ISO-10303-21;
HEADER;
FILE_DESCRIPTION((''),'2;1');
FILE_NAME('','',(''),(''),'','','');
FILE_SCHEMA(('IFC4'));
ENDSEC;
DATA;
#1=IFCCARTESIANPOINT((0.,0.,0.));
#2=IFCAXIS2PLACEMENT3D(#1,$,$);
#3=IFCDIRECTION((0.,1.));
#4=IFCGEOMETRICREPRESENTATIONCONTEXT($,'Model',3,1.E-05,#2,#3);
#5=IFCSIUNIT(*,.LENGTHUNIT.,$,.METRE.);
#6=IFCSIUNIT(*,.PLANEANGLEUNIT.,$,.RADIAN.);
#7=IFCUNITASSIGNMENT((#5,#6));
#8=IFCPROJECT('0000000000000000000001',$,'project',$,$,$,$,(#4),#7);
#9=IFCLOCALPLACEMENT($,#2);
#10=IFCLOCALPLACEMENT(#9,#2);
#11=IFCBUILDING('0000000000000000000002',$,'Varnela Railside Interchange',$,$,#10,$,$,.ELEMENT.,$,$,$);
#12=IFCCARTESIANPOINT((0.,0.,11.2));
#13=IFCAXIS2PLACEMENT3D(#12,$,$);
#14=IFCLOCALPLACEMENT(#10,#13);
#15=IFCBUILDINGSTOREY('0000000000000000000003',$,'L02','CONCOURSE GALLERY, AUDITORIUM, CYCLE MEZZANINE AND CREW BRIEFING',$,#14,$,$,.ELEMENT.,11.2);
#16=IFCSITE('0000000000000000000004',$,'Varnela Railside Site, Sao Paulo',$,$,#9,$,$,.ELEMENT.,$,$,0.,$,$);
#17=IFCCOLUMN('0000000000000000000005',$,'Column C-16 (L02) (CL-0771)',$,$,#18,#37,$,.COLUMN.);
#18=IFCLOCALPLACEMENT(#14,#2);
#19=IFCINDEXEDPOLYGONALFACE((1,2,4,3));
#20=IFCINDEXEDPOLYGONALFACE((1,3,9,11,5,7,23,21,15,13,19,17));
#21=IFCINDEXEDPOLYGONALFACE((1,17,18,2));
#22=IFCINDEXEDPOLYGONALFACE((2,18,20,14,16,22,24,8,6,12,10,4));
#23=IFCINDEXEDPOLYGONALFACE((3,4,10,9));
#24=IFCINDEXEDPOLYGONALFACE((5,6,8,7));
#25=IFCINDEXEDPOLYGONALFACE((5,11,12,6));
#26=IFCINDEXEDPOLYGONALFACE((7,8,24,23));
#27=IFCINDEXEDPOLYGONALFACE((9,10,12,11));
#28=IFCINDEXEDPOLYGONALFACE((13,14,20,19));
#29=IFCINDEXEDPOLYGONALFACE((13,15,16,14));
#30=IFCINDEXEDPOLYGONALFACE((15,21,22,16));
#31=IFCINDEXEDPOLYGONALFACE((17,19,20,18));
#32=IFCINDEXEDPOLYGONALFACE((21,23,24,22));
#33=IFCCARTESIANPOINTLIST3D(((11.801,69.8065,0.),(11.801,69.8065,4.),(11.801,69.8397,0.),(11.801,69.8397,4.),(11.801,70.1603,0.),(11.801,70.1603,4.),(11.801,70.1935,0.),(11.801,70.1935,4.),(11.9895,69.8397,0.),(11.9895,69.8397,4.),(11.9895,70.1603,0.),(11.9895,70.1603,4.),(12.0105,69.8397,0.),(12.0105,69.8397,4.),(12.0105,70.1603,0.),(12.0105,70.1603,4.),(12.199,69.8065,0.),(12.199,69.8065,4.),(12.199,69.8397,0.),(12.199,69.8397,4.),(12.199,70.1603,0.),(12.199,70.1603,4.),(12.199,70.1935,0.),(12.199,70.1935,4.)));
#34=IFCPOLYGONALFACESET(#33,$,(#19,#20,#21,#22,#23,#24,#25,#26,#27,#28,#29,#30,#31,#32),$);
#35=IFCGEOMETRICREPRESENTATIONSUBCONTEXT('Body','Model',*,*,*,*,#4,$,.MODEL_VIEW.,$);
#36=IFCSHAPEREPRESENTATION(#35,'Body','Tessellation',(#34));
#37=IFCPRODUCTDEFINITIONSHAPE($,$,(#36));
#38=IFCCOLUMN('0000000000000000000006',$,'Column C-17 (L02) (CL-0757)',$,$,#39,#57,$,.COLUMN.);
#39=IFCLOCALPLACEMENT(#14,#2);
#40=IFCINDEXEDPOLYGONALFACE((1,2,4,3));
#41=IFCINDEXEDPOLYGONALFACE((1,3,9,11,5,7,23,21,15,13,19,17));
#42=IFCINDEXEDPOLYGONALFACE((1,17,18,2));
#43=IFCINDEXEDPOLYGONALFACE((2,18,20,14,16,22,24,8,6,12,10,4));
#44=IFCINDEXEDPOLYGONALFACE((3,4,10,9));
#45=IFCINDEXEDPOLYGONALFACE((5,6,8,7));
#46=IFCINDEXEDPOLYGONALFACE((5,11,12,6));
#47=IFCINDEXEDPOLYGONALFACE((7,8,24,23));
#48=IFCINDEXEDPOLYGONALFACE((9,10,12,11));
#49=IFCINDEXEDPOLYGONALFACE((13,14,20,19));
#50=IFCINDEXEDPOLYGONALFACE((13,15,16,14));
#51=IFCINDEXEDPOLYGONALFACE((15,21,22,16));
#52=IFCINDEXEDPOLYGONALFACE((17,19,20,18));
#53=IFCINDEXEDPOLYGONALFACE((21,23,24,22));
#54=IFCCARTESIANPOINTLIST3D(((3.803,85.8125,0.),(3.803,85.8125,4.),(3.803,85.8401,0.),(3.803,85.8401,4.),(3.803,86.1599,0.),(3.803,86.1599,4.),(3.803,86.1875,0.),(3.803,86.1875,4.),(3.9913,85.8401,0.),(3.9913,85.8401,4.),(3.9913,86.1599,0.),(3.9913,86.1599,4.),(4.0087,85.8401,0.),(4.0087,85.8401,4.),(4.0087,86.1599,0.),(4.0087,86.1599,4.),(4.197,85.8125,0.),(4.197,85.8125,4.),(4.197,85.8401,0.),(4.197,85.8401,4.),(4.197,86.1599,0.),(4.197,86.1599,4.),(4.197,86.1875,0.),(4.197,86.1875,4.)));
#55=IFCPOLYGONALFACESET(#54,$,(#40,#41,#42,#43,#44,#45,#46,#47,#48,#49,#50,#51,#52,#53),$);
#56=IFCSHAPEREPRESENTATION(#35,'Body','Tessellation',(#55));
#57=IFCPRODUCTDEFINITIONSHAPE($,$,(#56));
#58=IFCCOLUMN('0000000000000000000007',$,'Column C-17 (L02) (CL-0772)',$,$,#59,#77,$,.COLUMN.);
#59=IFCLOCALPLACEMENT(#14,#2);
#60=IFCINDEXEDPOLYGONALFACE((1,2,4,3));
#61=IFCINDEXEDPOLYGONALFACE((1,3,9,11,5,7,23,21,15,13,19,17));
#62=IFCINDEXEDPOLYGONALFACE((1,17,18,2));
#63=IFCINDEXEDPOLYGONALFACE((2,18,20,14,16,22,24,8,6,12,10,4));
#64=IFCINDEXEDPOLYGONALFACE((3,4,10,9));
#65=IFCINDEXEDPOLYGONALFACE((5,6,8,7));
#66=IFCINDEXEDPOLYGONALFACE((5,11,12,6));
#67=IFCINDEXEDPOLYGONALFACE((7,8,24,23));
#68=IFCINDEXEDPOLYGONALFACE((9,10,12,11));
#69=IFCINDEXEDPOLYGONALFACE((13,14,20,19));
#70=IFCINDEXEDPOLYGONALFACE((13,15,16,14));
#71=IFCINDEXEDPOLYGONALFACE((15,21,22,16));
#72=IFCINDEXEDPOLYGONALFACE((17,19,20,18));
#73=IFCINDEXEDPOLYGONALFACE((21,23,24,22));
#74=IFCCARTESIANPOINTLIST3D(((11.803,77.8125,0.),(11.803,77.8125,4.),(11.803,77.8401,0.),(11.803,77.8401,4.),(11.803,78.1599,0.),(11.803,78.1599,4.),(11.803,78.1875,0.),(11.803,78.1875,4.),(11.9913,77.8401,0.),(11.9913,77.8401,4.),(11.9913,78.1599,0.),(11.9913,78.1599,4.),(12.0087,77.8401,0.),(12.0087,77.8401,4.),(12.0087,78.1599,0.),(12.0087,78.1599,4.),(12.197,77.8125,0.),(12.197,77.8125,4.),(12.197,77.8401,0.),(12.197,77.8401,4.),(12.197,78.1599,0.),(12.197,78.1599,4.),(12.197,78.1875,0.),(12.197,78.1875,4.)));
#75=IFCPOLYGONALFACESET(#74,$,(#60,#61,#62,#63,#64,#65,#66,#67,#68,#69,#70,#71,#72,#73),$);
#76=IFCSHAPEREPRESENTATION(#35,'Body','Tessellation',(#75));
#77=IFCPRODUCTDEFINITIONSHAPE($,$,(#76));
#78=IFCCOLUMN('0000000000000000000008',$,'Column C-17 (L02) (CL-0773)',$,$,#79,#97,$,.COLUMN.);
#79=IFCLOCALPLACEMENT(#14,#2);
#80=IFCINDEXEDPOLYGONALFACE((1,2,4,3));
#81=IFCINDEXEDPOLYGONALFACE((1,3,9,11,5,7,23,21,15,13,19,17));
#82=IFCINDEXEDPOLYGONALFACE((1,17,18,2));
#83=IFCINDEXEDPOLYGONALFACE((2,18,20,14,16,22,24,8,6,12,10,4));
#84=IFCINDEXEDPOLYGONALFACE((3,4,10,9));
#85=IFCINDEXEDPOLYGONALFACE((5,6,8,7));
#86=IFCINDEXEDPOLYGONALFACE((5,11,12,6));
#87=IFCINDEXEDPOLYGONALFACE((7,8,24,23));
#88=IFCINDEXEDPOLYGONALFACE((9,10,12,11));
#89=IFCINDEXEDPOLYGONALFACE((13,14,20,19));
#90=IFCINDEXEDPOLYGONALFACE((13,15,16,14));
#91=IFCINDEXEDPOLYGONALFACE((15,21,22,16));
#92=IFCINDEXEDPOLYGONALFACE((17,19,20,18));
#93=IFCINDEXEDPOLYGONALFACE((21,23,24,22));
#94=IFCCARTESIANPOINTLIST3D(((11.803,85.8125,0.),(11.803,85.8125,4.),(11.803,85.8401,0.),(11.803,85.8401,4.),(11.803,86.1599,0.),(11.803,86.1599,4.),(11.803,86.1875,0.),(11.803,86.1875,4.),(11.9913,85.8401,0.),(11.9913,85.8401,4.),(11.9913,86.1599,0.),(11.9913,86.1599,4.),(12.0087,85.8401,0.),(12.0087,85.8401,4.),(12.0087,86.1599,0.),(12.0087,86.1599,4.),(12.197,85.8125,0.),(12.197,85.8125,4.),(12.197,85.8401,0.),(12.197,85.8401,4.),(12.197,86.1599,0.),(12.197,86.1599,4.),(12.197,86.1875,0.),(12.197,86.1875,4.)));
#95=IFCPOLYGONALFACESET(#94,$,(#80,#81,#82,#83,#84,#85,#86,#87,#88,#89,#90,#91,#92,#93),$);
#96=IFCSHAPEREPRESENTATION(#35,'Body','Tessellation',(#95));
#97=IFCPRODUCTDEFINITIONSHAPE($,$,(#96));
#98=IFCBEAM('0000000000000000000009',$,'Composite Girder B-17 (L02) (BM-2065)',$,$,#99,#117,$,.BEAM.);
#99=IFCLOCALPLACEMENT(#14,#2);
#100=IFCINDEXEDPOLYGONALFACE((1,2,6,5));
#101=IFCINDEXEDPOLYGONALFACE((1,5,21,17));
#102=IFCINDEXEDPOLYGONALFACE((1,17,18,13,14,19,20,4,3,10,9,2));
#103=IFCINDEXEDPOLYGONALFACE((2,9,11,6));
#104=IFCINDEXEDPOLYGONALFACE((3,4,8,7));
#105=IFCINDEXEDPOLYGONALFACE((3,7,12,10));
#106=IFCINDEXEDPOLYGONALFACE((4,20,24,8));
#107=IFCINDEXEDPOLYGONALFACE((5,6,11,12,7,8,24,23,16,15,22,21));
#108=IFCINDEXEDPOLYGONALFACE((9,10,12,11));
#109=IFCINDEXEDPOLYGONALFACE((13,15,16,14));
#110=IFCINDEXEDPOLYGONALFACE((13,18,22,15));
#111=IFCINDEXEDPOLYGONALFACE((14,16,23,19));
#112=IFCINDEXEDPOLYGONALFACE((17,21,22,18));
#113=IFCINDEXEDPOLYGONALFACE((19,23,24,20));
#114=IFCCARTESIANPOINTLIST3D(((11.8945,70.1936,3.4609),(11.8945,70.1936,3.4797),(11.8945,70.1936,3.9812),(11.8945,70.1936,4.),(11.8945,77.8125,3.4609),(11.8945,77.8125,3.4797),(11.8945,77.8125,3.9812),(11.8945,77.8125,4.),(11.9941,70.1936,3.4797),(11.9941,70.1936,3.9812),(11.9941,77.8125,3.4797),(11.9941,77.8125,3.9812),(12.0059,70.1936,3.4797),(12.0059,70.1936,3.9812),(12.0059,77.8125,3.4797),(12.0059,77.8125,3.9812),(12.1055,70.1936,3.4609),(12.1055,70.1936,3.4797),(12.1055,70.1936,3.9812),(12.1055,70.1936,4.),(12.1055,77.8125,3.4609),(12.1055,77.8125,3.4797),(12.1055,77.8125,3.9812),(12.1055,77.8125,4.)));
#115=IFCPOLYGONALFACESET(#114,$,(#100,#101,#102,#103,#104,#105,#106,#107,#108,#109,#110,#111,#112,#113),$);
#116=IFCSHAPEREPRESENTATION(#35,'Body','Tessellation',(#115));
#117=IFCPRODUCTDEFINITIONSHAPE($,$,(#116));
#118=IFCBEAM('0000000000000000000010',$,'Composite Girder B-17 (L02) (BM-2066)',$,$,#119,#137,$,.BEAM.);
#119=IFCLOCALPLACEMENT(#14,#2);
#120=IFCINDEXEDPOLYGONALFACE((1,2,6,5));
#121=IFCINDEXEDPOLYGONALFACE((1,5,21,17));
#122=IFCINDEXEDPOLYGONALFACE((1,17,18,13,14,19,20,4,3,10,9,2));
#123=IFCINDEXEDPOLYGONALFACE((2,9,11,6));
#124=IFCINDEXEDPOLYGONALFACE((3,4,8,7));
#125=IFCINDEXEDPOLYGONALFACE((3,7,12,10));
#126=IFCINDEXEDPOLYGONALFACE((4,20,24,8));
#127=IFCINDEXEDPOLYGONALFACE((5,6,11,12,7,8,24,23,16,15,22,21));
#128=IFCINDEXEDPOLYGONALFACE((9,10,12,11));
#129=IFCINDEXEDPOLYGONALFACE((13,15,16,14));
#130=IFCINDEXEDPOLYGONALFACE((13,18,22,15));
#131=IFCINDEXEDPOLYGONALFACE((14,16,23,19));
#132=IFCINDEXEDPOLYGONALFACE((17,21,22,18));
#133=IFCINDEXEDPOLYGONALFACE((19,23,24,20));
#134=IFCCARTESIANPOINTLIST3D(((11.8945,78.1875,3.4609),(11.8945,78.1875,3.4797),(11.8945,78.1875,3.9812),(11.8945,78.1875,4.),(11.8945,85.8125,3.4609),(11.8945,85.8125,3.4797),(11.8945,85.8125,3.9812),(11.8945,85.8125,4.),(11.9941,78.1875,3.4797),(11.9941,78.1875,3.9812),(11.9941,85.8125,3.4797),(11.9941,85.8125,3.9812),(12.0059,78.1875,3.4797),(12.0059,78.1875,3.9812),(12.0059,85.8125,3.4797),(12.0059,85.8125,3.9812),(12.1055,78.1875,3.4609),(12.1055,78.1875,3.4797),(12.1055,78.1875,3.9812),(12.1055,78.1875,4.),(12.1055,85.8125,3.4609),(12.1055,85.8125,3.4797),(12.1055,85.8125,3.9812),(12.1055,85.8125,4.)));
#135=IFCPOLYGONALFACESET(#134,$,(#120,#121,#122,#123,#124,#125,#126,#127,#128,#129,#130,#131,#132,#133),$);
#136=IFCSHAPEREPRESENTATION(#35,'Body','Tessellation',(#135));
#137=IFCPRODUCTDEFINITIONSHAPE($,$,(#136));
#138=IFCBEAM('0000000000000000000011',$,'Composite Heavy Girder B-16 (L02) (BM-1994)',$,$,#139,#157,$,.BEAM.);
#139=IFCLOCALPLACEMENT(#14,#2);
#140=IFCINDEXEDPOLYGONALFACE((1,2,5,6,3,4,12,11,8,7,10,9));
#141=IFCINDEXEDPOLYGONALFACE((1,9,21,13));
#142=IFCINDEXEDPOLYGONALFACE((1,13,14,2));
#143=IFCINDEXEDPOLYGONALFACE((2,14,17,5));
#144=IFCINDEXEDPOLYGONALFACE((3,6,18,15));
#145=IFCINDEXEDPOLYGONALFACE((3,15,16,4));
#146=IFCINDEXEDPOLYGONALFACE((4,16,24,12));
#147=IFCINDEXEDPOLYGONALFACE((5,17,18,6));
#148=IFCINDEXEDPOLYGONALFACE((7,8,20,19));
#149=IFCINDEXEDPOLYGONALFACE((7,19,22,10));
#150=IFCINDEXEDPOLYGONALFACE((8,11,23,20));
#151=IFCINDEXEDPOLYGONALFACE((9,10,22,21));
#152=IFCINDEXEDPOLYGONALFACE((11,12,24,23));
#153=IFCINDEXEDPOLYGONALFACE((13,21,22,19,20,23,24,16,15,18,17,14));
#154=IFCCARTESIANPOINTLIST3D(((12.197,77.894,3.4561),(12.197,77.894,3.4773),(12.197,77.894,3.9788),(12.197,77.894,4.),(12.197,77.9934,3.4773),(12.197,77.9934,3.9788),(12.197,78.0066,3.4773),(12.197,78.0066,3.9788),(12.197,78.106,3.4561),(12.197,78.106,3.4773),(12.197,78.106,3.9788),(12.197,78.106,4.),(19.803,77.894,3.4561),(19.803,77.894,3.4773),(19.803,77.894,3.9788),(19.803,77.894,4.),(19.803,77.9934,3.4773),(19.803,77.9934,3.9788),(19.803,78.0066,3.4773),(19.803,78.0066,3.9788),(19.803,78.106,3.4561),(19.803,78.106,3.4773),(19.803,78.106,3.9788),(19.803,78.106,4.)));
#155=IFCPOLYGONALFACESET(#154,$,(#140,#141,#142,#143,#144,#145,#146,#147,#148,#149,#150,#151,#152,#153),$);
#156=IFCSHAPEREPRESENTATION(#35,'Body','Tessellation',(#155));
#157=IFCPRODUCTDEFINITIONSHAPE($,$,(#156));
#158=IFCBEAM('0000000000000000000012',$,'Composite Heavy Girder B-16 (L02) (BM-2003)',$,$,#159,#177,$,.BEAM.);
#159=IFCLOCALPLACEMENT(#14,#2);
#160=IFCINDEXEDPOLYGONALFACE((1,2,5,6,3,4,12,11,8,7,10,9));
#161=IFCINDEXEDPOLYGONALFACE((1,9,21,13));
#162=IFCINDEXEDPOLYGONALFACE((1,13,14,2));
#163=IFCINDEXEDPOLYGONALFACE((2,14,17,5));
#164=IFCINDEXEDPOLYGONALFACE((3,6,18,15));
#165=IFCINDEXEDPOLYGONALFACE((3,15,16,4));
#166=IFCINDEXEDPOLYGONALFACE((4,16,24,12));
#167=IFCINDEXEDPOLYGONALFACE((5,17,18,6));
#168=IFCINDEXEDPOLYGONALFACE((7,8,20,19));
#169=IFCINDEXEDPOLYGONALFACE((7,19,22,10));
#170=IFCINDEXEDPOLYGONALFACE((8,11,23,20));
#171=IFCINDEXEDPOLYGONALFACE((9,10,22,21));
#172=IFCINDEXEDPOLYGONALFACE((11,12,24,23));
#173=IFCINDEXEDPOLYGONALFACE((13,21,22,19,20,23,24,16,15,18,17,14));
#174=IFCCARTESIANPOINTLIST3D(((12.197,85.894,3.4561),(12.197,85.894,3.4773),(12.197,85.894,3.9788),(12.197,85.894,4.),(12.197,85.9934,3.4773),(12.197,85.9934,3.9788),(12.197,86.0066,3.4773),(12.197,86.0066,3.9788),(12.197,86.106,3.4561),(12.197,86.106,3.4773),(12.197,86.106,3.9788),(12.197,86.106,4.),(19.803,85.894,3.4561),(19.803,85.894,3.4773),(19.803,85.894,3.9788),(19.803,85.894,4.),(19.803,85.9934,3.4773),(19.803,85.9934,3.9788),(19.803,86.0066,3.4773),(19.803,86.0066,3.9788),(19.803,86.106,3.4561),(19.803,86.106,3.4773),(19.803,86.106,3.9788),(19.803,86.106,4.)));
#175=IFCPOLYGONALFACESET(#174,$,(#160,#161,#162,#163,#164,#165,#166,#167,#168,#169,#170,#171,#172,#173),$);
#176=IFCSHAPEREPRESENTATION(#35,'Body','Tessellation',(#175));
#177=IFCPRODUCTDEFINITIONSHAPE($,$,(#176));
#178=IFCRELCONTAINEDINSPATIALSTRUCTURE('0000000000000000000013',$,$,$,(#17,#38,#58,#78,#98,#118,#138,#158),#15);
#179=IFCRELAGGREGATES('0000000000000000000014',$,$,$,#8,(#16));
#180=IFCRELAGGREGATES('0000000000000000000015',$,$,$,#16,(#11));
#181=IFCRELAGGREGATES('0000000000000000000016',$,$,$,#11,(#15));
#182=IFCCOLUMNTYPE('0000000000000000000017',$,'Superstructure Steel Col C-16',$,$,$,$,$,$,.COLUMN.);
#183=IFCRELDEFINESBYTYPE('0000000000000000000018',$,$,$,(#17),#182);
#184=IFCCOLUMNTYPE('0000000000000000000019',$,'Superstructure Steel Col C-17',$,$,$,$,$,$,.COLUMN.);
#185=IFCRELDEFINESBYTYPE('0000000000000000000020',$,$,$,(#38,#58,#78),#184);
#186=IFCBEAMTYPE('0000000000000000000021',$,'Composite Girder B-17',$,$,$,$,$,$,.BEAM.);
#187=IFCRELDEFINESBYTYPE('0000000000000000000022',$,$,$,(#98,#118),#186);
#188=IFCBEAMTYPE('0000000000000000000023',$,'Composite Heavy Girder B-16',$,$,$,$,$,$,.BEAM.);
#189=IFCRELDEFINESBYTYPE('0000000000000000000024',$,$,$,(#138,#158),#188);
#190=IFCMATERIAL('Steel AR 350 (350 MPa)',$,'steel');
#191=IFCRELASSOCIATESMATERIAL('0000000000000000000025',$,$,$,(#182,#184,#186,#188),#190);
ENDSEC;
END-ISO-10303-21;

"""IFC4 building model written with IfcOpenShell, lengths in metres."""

from ifc_helpers import new_model, si_unit, direction, frame, origin, origin_2d, place, context, subcontext, project, spatial, i_section, extrude, material, material_profile, profile_set, type_object, element, save


model = new_model("IFC4")

# Units and contexts
model_context = context("Model", 3, precision=1e-05, world=origin(), true_north=direction((0.0, 1.0)))
body_context = subcontext(model_context, "Body", "Model", "MODEL_VIEW")
ifc_project = project(units=[si_unit("LENGTHUNIT", "METRE"), si_unit("PLANEANGLEUNIT", "RADIAN")], contexts=[model_context])

# Site, building, storey
site_placement = place(None, origin())
site = spatial("IfcSite", under=ifc_project, at=site_placement, Name="Varnela Railside Site, Sao Paulo", CompositionType="ELEMENT", RefElevation=0.0)
building_placement = place(site_placement, origin())
building = spatial("IfcBuilding", under=site, at=building_placement, Name="Varnela Railside Interchange", CompositionType="ELEMENT")
storey_placement = place(building_placement, frame((0.0, 0.0, 11.2)))
storey = spatial("IfcBuildingStorey", under=building, at=storey_placement, Name="L02", Description="CONCOURSE GALLERY, AUDITORIUM, CYCLE MEZZANINE AND CREW BRIEFING", CompositionType="ELEMENT", Elevation=11.2)

# Columns
ifc_material_1 = material(Name="Steel AR 350 (350 MPa)", Category="steel")
ifc_material_profile_1 = material_profile(ifc_material_1, i_section(OverallWidth=0.3979, OverallDepth=0.387, WebThickness=0.021, FlangeThickness=0.0332, at=origin_2d()), Name="W360x262")
ifc_profile_set_1 = profile_set([ifc_material_profile_1], Name="Steel AR 350 (350 MPa)")
column_type_1 = type_object("IfcColumnType", Name="Superstructure Steel Col C-16", PredefinedType="COLUMN", material=ifc_profile_set_1)
column_placement = place(storey_placement, frame((12.0, 70.0, 0.0), z_axis=(0.0, 0.0, 1.0), x_axis=(1.0, 0.0, 0.0)))
element("IfcColumn", 1, at=column_placement, inside=storey, type_object=column_type_1, Name="Column C-16 (L02) (CL-0771)", PredefinedType="COLUMN", context=body_context, shape_type="SweptSolid", body=[
    extrude(i_section(OverallWidth=0.3979, OverallDepth=0.387, WebThickness=0.021, FlangeThickness=0.0332, at=origin_2d()), origin(), (0.0, 0.0, 1.0), 4.0),
])
ifc_material_profile_2 = material_profile(ifc_material_1, i_section(OverallWidth=0.394, OverallDepth=0.375, WebThickness=0.0173, FlangeThickness=0.0276, at=origin_2d()), Name="W360x216")
ifc_profile_set_2 = profile_set([ifc_material_profile_2], Name="Steel AR 350 (350 MPa)")
column_type_2 = type_object("IfcColumnType", Name="Superstructure Steel Col C-17", PredefinedType="COLUMN", material=ifc_profile_set_2)
for number, where, z_axis, x_axis, name in (
    (2, (4.0, 86.0, 0.0), (0.0, 0.0, 1.0), (1.0, 0.0, 0.0), "Column C-17 (L02) (CL-0757)"),
    (3, (12.0, 78.0, 0.0), (0.0, 0.0, 1.0), (1.0, 0.0, 0.0), "Column C-17 (L02) (CL-0772)"),
    (4, (12.0, 86.0, 0.0), (0.0, 0.0, 1.0), (1.0, 0.0, 0.0), "Column C-17 (L02) (CL-0773)"),
):
    element("IfcColumn", number, at=place(storey_placement, frame(where, z_axis=z_axis, x_axis=x_axis)), inside=storey, type_object=column_type_2, Name=name, PredefinedType="COLUMN", context=body_context, shape_type="SweptSolid", body=[
        extrude(i_section(OverallWidth=0.394, OverallDepth=0.375, WebThickness=0.0173, FlangeThickness=0.0276, at=origin_2d()), origin(), (0.0, 0.0, 1.0), 4.0),
    ])

# Beams
ifc_material_profile_3 = material_profile(ifc_material_1, i_section(OverallWidth=0.2109, OverallDepth=0.5391, WebThickness=0.0117, FlangeThickness=0.0188, at=origin_2d()), Name="W530x109")
ifc_profile_set_3 = profile_set([ifc_material_profile_3], Name="Steel AR 350 (350 MPa)")
beam_type_1 = type_object("IfcBeamType", Name="Composite Girder B-17", PredefinedType="BEAM", material=ifc_profile_set_3)
beam_1_placement = place(storey_placement, frame((12.0, 70.1936, 3.7305), z_axis=(0.0, 1.0, 0.0), x_axis=(-1.0, 0.0, 0.0)))
element("IfcBeam", 5, at=beam_1_placement, inside=storey, type_object=beam_type_1, Name="Composite Girder B-17 (L02) (BM-2065)", PredefinedType="BEAM", context=body_context, shape_type="SweptSolid", body=[
    extrude(i_section(OverallWidth=0.2109, OverallDepth=0.5391, WebThickness=0.0117, FlangeThickness=0.0188, at=origin_2d()), origin(), (0.0, 0.0, 1.0), 7.6189),
])
beam_2_placement = place(storey_placement, frame((12.0, 78.1875, 3.7305), z_axis=(0.0, 1.0, 0.0), x_axis=(-1.0, 0.0, 0.0)))
element("IfcBeam", 6, at=beam_2_placement, inside=storey, type_object=beam_type_1, Name="Composite Girder B-17 (L02) (BM-2066)", PredefinedType="BEAM", context=body_context, shape_type="SweptSolid", body=[
    extrude(i_section(OverallWidth=0.2109, OverallDepth=0.5391, WebThickness=0.0117, FlangeThickness=0.0188, at=origin_2d()), origin(), (0.0, 0.0, 1.0), 7.625),
])
ifc_material_profile_4 = material_profile(ifc_material_1, i_section(OverallWidth=0.2119, OverallDepth=0.5439, WebThickness=0.0132, FlangeThickness=0.0212, at=origin_2d()), Name="W530x123")
ifc_profile_set_4 = profile_set([ifc_material_profile_4], Name="Steel AR 350 (350 MPa)")
beam_type_2 = type_object("IfcBeamType", Name="Composite Heavy Girder B-16", PredefinedType="BEAM", material=ifc_profile_set_4)
for number, where, z_axis, x_axis, name in (
    (7, (12.197, 78.0, 3.728), (1.0, 0.0, 0.0), (0.0, 1.0, 0.0), "Composite Heavy Girder B-16 (L02) (BM-1994)"),
    (8, (12.197, 86.0, 3.728), (1.0, 0.0, 0.0), (0.0, 1.0, 0.0), "Composite Heavy Girder B-16 (L02) (BM-2003)"),
):
    element("IfcBeam", number, at=place(storey_placement, frame(where, z_axis=z_axis, x_axis=x_axis)), inside=storey, type_object=beam_type_2, Name=name, PredefinedType="BEAM", context=body_context, shape_type="SweptSolid", body=[
        extrude(i_section(OverallWidth=0.2119, OverallDepth=0.5439, WebThickness=0.0132, FlangeThickness=0.0212, at=origin_2d()), origin(), (0.0, 0.0, 1.0), 7.606),
    ])

save(model, "model.ifc")
